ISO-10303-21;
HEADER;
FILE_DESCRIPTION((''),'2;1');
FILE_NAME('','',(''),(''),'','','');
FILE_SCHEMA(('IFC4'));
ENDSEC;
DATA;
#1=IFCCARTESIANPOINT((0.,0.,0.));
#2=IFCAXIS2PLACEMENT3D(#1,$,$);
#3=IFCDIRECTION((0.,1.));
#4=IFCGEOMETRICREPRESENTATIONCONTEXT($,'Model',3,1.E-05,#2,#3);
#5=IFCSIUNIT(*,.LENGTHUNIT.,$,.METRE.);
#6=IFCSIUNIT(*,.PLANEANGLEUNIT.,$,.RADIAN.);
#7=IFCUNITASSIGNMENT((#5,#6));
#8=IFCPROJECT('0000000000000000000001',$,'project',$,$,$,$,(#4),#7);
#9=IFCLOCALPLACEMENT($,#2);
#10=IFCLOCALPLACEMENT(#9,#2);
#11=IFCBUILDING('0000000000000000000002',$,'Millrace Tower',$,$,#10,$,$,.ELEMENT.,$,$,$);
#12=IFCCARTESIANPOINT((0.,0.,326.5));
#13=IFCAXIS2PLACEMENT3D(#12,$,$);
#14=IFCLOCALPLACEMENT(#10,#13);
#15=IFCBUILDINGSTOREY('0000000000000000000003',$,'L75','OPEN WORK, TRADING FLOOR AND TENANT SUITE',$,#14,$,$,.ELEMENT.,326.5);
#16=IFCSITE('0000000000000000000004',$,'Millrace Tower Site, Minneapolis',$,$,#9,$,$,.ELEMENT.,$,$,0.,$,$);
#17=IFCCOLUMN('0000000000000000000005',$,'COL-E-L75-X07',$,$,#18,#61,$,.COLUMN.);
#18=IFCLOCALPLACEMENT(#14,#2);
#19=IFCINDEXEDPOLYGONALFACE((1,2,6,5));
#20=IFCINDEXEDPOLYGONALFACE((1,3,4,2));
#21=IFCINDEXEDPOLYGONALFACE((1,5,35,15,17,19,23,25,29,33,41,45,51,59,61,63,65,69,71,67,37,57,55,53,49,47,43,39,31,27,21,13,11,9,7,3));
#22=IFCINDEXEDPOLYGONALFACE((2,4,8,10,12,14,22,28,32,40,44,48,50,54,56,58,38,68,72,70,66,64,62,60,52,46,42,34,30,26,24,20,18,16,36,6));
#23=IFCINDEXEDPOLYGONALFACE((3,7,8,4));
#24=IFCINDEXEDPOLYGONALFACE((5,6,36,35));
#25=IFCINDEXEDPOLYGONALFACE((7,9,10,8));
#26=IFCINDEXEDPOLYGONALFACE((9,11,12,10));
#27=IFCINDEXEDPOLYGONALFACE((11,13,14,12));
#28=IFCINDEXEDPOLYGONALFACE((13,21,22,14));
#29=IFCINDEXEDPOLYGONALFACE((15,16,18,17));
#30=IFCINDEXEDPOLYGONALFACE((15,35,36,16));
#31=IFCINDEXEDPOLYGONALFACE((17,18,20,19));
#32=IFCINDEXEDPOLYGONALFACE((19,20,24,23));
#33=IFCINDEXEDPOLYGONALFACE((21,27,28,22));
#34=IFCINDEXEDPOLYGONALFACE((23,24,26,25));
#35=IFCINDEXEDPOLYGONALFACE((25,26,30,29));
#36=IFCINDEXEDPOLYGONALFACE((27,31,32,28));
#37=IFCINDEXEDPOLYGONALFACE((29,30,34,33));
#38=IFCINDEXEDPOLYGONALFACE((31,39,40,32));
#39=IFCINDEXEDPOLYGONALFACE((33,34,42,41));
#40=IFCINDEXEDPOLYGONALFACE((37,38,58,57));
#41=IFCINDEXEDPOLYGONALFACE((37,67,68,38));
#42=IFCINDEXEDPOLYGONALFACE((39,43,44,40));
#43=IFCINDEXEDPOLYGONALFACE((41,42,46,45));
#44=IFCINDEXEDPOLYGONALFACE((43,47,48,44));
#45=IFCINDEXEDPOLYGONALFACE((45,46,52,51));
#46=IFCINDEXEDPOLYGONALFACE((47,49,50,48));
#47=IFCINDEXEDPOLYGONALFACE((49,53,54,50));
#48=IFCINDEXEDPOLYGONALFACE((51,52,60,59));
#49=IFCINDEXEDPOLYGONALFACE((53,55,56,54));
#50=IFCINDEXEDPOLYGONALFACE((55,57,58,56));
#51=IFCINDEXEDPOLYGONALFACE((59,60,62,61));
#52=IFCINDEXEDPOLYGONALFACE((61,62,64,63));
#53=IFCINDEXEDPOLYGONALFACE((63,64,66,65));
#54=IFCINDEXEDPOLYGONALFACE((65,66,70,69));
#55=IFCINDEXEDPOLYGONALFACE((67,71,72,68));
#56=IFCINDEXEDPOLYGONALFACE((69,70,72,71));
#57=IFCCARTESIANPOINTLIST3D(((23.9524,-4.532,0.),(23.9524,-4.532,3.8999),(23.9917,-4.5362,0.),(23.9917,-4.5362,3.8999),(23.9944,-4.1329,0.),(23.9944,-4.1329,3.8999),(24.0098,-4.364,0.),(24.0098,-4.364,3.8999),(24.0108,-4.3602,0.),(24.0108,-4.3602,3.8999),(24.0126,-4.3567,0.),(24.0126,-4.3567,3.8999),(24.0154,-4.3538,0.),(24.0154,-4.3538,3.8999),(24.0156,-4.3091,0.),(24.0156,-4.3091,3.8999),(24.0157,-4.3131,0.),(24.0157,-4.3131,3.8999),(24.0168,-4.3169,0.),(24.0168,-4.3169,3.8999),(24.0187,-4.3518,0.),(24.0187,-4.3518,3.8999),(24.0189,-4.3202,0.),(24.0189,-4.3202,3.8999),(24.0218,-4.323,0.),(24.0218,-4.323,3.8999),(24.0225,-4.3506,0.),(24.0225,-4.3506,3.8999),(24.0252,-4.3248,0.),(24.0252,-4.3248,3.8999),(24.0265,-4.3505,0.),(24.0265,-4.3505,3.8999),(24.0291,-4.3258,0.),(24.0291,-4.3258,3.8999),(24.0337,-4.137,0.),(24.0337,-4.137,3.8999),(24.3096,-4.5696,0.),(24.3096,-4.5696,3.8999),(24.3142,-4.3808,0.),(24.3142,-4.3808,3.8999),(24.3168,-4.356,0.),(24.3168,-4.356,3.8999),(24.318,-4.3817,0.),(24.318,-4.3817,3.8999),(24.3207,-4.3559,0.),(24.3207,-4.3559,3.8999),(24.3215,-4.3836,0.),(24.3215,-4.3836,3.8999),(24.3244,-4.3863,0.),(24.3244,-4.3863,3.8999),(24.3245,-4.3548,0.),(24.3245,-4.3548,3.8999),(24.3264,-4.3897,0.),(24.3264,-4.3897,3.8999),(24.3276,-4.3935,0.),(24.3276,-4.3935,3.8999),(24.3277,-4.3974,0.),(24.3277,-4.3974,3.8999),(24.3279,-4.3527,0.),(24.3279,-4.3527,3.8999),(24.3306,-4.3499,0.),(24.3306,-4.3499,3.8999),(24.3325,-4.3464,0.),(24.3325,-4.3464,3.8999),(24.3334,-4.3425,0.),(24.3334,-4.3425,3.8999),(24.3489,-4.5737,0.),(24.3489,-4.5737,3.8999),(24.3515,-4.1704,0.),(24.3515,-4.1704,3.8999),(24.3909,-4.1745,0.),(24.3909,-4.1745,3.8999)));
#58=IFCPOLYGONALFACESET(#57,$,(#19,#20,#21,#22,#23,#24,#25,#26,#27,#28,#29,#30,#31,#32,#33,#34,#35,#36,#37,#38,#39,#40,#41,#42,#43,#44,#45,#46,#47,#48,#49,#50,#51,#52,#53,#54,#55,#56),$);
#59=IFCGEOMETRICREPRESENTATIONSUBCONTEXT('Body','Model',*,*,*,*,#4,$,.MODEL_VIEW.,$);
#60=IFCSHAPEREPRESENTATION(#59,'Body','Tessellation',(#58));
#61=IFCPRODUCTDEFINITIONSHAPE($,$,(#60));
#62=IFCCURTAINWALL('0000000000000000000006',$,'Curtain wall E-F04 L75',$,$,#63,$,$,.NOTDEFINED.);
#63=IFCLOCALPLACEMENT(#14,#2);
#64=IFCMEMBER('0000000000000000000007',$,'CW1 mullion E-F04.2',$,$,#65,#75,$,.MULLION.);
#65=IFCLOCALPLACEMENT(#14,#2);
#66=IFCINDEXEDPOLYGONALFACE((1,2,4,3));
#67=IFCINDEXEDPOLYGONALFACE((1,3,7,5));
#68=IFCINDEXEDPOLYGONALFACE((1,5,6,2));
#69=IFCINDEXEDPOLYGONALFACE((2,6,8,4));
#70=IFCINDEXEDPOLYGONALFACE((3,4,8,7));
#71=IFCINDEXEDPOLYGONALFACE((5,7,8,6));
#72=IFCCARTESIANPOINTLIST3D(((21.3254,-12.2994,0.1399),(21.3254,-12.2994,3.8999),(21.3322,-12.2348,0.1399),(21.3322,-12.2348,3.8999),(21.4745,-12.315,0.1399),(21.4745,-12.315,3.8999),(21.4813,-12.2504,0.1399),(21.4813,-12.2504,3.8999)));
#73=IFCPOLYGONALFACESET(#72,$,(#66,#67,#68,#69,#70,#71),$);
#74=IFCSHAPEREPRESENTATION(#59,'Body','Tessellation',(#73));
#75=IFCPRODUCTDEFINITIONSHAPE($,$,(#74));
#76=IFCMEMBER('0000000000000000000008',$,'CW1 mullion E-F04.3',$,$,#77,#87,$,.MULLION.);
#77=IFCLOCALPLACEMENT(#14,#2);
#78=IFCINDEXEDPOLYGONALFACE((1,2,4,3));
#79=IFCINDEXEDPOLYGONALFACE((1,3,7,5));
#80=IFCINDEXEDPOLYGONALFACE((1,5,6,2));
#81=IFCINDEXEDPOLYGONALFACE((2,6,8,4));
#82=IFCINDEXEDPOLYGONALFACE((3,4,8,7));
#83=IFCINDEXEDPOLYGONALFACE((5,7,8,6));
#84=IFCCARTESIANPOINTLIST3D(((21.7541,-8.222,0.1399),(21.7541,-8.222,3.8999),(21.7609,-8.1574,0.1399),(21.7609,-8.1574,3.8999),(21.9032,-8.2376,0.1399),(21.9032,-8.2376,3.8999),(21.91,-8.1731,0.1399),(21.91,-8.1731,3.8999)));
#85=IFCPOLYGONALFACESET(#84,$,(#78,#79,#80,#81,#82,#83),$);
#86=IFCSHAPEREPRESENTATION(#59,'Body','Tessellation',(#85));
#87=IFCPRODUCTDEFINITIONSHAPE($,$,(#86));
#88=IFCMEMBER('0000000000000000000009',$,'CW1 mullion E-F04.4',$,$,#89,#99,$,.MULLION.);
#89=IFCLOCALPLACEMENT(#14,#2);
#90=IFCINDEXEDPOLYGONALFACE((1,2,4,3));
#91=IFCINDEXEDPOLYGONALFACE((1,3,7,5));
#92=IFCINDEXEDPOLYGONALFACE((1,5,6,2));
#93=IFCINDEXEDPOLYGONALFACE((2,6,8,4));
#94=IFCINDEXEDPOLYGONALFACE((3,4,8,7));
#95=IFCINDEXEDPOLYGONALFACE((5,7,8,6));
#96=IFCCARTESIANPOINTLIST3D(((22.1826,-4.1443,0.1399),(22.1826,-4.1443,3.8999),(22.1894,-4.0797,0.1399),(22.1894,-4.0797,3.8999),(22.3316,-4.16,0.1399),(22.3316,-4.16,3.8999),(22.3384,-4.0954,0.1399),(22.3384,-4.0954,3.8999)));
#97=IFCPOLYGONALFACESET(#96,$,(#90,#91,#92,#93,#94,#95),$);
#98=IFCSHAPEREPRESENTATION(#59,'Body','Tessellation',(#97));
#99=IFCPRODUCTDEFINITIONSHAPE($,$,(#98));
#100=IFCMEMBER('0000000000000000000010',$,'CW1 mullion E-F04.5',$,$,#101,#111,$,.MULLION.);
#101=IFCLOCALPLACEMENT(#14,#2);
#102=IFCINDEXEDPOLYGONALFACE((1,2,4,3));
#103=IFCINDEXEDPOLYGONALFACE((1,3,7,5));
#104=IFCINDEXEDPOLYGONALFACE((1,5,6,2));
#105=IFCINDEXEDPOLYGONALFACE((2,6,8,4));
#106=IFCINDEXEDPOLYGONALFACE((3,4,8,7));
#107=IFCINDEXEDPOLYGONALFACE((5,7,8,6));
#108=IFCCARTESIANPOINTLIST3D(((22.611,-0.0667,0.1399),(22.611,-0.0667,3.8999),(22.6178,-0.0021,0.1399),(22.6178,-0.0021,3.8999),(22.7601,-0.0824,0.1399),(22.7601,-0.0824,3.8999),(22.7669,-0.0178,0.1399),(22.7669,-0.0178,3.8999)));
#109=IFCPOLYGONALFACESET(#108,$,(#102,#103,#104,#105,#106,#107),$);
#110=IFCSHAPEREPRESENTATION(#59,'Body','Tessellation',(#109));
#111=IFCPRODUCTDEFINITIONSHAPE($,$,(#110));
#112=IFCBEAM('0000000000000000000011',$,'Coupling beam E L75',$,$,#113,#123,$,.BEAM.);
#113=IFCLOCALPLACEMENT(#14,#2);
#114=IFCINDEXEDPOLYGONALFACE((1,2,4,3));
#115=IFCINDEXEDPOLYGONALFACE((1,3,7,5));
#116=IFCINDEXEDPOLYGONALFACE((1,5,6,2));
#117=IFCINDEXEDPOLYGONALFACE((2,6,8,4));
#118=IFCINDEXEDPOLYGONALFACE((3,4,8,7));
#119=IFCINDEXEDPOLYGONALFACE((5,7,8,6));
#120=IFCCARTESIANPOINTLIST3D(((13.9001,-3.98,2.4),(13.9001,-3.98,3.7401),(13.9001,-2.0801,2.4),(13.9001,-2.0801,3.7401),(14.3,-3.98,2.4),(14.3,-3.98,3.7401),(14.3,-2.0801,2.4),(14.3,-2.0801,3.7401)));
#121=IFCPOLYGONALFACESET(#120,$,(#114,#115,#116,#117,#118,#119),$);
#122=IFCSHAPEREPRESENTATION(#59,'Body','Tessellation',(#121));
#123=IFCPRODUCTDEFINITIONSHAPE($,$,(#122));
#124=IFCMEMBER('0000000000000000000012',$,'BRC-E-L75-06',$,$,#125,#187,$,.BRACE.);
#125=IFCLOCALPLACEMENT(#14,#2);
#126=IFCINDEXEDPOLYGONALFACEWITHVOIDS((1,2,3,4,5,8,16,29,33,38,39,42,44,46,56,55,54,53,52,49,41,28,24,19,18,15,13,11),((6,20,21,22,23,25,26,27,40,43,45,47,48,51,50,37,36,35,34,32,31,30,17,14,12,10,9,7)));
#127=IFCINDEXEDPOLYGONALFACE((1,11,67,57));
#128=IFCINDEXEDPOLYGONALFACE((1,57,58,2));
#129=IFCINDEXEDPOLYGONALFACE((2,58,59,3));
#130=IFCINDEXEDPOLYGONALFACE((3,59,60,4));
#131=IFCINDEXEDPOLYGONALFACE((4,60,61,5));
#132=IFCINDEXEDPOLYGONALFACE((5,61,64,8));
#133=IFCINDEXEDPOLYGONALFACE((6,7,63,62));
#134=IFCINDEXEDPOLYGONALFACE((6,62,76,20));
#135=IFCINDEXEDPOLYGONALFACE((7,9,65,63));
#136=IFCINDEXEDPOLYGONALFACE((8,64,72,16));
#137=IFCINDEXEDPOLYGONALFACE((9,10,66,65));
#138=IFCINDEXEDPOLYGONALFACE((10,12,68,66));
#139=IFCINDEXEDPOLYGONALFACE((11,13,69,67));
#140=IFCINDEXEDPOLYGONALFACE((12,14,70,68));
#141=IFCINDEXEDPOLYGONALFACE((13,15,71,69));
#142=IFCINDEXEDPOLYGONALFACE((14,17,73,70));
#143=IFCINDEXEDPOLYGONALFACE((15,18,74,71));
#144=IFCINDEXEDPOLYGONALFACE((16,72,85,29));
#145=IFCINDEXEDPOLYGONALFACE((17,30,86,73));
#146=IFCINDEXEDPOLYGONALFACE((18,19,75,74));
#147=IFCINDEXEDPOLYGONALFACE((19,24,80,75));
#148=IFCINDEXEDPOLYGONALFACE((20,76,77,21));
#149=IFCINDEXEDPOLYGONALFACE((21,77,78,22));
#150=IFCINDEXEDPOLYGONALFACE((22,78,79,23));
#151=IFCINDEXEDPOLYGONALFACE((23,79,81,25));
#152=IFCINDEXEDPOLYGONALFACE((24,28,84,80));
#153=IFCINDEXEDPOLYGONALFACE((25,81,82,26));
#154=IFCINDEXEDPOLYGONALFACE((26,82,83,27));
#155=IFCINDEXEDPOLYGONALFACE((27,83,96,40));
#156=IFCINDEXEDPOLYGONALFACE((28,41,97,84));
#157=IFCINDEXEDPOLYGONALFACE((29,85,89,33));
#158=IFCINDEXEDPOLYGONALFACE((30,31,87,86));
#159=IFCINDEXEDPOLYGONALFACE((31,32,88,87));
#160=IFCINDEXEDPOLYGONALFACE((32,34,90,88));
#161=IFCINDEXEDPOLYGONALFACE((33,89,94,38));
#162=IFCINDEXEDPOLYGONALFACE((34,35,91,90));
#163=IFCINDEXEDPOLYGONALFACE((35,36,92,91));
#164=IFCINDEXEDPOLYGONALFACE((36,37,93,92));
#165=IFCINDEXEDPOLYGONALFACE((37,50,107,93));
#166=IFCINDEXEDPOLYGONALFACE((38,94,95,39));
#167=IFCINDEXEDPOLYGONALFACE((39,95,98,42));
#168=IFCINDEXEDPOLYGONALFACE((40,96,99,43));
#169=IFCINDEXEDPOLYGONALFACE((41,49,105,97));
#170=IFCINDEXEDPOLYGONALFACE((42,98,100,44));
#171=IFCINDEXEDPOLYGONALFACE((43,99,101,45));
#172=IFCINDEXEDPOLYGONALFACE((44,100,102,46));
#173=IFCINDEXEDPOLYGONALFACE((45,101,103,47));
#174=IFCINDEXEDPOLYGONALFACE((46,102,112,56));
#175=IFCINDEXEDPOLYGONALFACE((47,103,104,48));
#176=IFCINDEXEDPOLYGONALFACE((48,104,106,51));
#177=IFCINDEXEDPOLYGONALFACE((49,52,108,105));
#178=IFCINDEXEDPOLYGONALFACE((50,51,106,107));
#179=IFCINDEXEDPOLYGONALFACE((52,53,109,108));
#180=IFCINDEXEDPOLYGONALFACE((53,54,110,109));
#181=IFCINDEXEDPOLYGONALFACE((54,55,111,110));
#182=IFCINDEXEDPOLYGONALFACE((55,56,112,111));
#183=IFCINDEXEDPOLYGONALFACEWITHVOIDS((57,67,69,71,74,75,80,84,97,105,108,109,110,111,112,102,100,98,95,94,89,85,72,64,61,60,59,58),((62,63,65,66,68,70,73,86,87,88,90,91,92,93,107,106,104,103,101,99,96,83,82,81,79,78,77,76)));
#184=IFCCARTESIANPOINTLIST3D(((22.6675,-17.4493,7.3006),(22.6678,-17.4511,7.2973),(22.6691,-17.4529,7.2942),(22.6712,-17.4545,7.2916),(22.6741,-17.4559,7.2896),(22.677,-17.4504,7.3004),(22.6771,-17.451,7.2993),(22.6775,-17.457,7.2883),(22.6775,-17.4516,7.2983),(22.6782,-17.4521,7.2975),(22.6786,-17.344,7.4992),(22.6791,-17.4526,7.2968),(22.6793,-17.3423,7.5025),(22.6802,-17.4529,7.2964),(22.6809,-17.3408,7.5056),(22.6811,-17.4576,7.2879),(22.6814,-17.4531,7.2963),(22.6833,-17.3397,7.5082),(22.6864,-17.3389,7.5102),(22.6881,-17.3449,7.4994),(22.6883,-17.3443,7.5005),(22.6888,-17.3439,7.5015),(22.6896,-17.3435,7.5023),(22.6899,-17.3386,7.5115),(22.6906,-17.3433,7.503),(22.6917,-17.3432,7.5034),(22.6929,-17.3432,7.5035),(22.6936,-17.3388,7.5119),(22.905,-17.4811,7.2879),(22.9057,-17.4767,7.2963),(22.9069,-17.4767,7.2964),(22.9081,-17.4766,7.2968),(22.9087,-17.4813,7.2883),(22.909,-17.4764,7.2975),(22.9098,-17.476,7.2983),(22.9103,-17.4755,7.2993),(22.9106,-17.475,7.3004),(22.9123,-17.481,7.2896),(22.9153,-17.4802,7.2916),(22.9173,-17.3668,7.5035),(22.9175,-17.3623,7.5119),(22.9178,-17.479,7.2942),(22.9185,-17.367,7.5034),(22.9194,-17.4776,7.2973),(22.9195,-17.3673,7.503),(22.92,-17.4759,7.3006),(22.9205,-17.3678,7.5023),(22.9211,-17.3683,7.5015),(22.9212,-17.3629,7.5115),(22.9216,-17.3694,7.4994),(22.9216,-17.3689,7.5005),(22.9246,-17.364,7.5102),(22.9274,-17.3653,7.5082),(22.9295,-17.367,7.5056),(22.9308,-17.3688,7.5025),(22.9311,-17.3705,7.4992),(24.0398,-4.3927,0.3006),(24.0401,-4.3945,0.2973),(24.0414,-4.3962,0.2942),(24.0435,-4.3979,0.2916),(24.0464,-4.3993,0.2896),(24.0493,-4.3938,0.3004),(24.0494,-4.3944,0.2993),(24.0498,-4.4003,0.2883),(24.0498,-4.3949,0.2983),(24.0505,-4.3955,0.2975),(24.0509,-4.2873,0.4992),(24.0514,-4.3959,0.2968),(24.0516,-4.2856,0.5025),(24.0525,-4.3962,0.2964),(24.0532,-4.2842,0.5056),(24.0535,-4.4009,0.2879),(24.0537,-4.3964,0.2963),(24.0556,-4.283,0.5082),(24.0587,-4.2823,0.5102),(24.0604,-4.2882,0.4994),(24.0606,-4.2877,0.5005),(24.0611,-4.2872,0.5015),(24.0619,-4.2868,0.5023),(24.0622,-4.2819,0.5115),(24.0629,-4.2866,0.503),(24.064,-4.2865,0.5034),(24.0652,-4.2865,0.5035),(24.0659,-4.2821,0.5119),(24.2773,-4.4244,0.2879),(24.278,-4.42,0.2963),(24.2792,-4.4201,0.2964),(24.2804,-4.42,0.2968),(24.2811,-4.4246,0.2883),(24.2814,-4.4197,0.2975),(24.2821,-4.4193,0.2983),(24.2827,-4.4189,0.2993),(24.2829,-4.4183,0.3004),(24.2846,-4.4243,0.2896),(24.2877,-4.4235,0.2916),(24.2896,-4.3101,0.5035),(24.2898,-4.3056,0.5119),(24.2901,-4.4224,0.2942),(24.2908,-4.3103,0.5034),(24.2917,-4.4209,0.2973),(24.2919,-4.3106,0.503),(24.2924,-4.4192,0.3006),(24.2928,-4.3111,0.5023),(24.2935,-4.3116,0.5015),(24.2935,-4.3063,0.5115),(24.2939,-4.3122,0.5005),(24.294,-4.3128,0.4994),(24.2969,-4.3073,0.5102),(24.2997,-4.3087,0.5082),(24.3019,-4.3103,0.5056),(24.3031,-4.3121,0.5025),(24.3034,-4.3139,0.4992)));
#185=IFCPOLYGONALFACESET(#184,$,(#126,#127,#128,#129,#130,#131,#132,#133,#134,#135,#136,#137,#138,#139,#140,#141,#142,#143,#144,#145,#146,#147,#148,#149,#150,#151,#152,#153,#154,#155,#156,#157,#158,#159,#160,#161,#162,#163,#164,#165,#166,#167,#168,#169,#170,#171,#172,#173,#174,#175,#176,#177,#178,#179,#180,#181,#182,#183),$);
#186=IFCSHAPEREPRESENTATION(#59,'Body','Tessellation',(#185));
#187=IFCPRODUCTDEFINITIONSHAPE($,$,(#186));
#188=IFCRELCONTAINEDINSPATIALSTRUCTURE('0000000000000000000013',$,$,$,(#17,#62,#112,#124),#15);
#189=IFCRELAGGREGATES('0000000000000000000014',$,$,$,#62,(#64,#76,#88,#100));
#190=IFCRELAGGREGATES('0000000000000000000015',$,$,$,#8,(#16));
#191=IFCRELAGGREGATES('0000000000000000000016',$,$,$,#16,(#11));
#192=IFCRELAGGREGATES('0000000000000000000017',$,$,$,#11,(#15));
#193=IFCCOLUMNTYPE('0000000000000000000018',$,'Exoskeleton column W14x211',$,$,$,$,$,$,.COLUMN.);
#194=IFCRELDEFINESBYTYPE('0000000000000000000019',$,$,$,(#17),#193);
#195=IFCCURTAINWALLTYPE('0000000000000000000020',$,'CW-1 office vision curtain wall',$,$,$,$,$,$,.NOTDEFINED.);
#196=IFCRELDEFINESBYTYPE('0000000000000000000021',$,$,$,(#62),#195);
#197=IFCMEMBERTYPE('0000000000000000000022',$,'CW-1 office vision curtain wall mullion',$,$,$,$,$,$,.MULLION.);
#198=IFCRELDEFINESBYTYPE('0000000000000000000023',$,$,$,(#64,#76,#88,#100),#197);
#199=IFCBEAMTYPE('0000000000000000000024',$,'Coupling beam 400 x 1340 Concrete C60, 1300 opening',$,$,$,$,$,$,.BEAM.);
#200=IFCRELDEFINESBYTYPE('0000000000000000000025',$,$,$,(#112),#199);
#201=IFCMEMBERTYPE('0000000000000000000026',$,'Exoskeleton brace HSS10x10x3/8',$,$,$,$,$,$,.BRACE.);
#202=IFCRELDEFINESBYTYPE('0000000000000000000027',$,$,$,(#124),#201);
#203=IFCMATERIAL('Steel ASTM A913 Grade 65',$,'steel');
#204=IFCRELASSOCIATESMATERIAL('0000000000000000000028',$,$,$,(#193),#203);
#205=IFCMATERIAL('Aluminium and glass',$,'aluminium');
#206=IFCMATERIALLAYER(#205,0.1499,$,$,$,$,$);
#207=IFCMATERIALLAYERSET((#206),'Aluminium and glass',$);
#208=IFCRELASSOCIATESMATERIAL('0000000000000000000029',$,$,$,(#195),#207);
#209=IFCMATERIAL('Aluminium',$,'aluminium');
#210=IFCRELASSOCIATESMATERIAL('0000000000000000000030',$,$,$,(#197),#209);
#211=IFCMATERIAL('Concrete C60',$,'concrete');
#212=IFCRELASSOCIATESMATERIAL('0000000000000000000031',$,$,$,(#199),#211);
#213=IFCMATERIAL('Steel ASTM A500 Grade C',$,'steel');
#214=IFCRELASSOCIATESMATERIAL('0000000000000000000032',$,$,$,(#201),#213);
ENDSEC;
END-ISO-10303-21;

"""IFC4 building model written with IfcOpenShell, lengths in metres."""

from ifc_helpers import new_model, si_unit, direction, frame, origin, origin_2d, place, context, subcontext, project, spatial, rectangle, hollow_rectangle, i_section, extrude, material, layer, layer_set, material_profile, profile_set, type_object, element, aggregate, save


model = new_model("IFC4")

# Units and contexts
model_context = context("Model", 3, precision=1e-05, world=origin(), true_north=direction((0.0, 1.0)))
body_context = subcontext(model_context, "Body", "Model", "MODEL_VIEW")
ifc_project = project(units=[si_unit("LENGTHUNIT", "METRE"), si_unit("PLANEANGLEUNIT", "RADIAN")], contexts=[model_context])

# Site, building, storey
site_placement = place(None, origin())
site = spatial("IfcSite", under=ifc_project, at=site_placement, Name="Millrace Tower Site, Minneapolis", CompositionType="ELEMENT", RefElevation=0.0)
building_placement = place(site_placement, origin())
building = spatial("IfcBuilding", under=site, at=building_placement, Name="Millrace Tower", CompositionType="ELEMENT")
storey_placement = place(building_placement, frame((0.0, 0.0, 326.5)))
storey = spatial("IfcBuildingStorey", under=building, at=storey_placement, Name="L75", Description="OPEN WORK, TRADING FLOOR AND TENANT SUITE", CompositionType="ELEMENT", Elevation=326.5)

# Column
ifc_material_1 = material(Name="Steel ASTM A913 Grade 65", Category="steel")
ifc_material_profile_1 = material_profile(ifc_material_1, i_section(OverallWidth=0.4014, OverallDepth=0.3987, WebThickness=0.0249, FlangeThickness=0.0396, FilletRadius=0.0151, at=origin_2d()))
ifc_profile_set_1 = profile_set([ifc_material_profile_1], Name="Steel ASTM A913 Grade 65")
column_type = type_object("IfcColumnType", Name="Exoskeleton column W14x211", PredefinedType="COLUMN", material=ifc_profile_set_1)
column_placement = place(storey_placement, frame((24.1716, -4.3533, 0.0), z_axis=(0.0, 0.0, 1.0), x_axis=(0.104528, 0.994522, 0.0)))
element("IfcColumn", 1, at=column_placement, inside=storey, type_object=column_type, Name="COL-E-L75-X07", PredefinedType="COLUMN", context=body_context, shape_type="SweptSolid", body=[
    extrude(i_section(OverallWidth=0.4014, OverallDepth=0.3987, WebThickness=0.0249, FlangeThickness=0.0396, FilletRadius=0.0151, at=origin_2d()), origin(), (0.0, 0.0, 1.0), 3.8999),
])

# Curtain wall, members
ifc_material_2 = material(Name="Aluminium and glass", Category="aluminium")
ifc_layer_1 = layer(ifc_material_2, 0.1499)
ifc_layer_set_1 = layer_set([ifc_layer_1], Name="Aluminium and glass")
curtain_wall_type = type_object("IfcCurtainWallType", Name="CW-1 office vision curtain wall", PredefinedType="NOTDEFINED", material=ifc_layer_set_1)
placement = place(storey_placement, origin())
curtain_wall = element("IfcCurtainWall", 2, at=placement, inside=storey, type_object=curtain_wall_type, Name="Curtain wall E-F04 L75", PredefinedType="NOTDEFINED")
ifc_material_3 = material(Name="Aluminium", Category="aluminium")
ifc_material_profile_2 = material_profile(ifc_material_3, rectangle(XDim=0.0649, YDim=0.1499, at=origin_2d()))
ifc_profile_set_2 = profile_set([ifc_material_profile_2], Name="Aluminium")
member_type_1 = type_object("IfcMemberType", Name="CW-1 office vision curtain wall mullion", PredefinedType="MULLION", material=ifc_profile_set_2)
member_1_placement = place(storey_placement, frame((21.4033, -12.2749, 0.1399), z_axis=(0.0, 0.0, 1.0), x_axis=(0.104528, 0.994522, 0.0)))
member_1 = element("IfcMember", 3, at=member_1_placement, type_object=member_type_1, Name="CW1 mullion E-F04.2", PredefinedType="MULLION", context=body_context, shape_type="SweptSolid", body=[
    extrude(rectangle(XDim=0.0649, YDim=0.1499, at=origin_2d()), origin(), (0.0, 0.0, 1.0), 3.76),
])
member_2_placement = place(storey_placement, frame((21.832, -8.1975, 0.1399), z_axis=(0.0, 0.0, 1.0), x_axis=(0.104528, 0.994522, 0.0)))
member_2 = element("IfcMember", 4, at=member_2_placement, type_object=member_type_1, Name="CW1 mullion E-F04.3", PredefinedType="MULLION", context=body_context, shape_type="SweptSolid", body=[
    extrude(rectangle(XDim=0.0649, YDim=0.1499, at=origin_2d()), origin(), (0.0, 0.0, 1.0), 3.76),
])
member_3_placement = place(storey_placement, frame((22.2605, -4.1199, 0.1399), z_axis=(0.0, 0.0, 1.0), x_axis=(0.104528, 0.994522, 0.0)))
member_3 = element("IfcMember", 5, at=member_3_placement, type_object=member_type_1, Name="CW1 mullion E-F04.4", PredefinedType="MULLION", context=body_context, shape_type="SweptSolid", body=[
    extrude(rectangle(XDim=0.0649, YDim=0.1499, at=origin_2d()), origin(), (0.0, 0.0, 1.0), 3.76),
])
member_4_placement = place(storey_placement, frame((22.689, -0.0422, 0.1399), z_axis=(0.0, 0.0, 1.0), x_axis=(0.104528, 0.994522, 0.0)))
member_4 = element("IfcMember", 6, at=member_4_placement, type_object=member_type_1, Name="CW1 mullion E-F04.5", PredefinedType="MULLION", context=body_context, shape_type="SweptSolid", body=[
    extrude(rectangle(XDim=0.0649, YDim=0.1499, at=origin_2d()), origin(), (0.0, 0.0, 1.0), 3.76),
])
aggregate(curtain_wall, [member_1, member_2, member_3, member_4])

# Beam
ifc_material_4 = material(Name="Concrete C60", Category="concrete")
ifc_material_profile_3 = material_profile(ifc_material_4, rectangle(XDim=0.3999, YDim=1.3401, at=origin_2d()))
ifc_profile_set_3 = profile_set([ifc_material_profile_3], Name="Concrete C60")
beam_type_1 = type_object("IfcBeamType", Name="Coupling beam 400 x 1340 Concrete C60, 1300 opening", PredefinedType="BEAM", material=ifc_profile_set_3)
beam_1_placement = place(storey_placement, frame((14.1001, -2.0801, 3.0701), z_axis=(0.0, -1.0, 0.0), x_axis=(1.0, 0.0, 0.0)))
element("IfcBeam", 7, at=beam_1_placement, inside=storey, type_object=beam_type_1, Name="Coupling beam E L75", PredefinedType="BEAM", context=body_context, shape_type="SweptSolid", body=[
    extrude(rectangle(XDim=0.3999, YDim=1.3401, at=origin_2d()), origin(), (0.0, 0.0, 1.0), 1.8999),
])

# Member
ifc_material_5 = material(Name="Steel ASTM A500 Grade C", Category="steel")
ifc_material_profile_4 = material_profile(ifc_material_5, hollow_rectangle(XDim=0.2539, YDim=0.2539, WallThickness=0.0095, InnerFilletRadius=0.0046, OuterFilletRadius=0.0144, at=origin_2d()))
ifc_profile_set_4 = profile_set([ifc_material_profile_4], Name="Steel ASTM A500 Grade C")
member_type_2 = type_object("IfcMemberType", Name="Exoskeleton brace HSS10x10x3/8", PredefinedType="BRACE", material=ifc_profile_set_4)
member_5_placement = place(storey_placement, frame((24.1716, -4.3533, 0.3999), z_axis=(-0.092237, -0.877572, 0.470489), x_axis=(0.994522, -0.104529, 0.0)))
element("IfcMember", 8, at=member_5_placement, inside=storey, type_object=member_type_2, Name="BRC-E-L75-06", PredefinedType="BRACE", context=body_context, shape_type="SweptSolid", body=[
    extrude(hollow_rectangle(XDim=0.2539, YDim=0.2539, WallThickness=0.0095, InnerFilletRadius=0.0046, OuterFilletRadius=0.0144, at=origin_2d()), origin(), (0.0, 0.0, 1.0), 14.8782),
])

save(model, "model.ifc")
